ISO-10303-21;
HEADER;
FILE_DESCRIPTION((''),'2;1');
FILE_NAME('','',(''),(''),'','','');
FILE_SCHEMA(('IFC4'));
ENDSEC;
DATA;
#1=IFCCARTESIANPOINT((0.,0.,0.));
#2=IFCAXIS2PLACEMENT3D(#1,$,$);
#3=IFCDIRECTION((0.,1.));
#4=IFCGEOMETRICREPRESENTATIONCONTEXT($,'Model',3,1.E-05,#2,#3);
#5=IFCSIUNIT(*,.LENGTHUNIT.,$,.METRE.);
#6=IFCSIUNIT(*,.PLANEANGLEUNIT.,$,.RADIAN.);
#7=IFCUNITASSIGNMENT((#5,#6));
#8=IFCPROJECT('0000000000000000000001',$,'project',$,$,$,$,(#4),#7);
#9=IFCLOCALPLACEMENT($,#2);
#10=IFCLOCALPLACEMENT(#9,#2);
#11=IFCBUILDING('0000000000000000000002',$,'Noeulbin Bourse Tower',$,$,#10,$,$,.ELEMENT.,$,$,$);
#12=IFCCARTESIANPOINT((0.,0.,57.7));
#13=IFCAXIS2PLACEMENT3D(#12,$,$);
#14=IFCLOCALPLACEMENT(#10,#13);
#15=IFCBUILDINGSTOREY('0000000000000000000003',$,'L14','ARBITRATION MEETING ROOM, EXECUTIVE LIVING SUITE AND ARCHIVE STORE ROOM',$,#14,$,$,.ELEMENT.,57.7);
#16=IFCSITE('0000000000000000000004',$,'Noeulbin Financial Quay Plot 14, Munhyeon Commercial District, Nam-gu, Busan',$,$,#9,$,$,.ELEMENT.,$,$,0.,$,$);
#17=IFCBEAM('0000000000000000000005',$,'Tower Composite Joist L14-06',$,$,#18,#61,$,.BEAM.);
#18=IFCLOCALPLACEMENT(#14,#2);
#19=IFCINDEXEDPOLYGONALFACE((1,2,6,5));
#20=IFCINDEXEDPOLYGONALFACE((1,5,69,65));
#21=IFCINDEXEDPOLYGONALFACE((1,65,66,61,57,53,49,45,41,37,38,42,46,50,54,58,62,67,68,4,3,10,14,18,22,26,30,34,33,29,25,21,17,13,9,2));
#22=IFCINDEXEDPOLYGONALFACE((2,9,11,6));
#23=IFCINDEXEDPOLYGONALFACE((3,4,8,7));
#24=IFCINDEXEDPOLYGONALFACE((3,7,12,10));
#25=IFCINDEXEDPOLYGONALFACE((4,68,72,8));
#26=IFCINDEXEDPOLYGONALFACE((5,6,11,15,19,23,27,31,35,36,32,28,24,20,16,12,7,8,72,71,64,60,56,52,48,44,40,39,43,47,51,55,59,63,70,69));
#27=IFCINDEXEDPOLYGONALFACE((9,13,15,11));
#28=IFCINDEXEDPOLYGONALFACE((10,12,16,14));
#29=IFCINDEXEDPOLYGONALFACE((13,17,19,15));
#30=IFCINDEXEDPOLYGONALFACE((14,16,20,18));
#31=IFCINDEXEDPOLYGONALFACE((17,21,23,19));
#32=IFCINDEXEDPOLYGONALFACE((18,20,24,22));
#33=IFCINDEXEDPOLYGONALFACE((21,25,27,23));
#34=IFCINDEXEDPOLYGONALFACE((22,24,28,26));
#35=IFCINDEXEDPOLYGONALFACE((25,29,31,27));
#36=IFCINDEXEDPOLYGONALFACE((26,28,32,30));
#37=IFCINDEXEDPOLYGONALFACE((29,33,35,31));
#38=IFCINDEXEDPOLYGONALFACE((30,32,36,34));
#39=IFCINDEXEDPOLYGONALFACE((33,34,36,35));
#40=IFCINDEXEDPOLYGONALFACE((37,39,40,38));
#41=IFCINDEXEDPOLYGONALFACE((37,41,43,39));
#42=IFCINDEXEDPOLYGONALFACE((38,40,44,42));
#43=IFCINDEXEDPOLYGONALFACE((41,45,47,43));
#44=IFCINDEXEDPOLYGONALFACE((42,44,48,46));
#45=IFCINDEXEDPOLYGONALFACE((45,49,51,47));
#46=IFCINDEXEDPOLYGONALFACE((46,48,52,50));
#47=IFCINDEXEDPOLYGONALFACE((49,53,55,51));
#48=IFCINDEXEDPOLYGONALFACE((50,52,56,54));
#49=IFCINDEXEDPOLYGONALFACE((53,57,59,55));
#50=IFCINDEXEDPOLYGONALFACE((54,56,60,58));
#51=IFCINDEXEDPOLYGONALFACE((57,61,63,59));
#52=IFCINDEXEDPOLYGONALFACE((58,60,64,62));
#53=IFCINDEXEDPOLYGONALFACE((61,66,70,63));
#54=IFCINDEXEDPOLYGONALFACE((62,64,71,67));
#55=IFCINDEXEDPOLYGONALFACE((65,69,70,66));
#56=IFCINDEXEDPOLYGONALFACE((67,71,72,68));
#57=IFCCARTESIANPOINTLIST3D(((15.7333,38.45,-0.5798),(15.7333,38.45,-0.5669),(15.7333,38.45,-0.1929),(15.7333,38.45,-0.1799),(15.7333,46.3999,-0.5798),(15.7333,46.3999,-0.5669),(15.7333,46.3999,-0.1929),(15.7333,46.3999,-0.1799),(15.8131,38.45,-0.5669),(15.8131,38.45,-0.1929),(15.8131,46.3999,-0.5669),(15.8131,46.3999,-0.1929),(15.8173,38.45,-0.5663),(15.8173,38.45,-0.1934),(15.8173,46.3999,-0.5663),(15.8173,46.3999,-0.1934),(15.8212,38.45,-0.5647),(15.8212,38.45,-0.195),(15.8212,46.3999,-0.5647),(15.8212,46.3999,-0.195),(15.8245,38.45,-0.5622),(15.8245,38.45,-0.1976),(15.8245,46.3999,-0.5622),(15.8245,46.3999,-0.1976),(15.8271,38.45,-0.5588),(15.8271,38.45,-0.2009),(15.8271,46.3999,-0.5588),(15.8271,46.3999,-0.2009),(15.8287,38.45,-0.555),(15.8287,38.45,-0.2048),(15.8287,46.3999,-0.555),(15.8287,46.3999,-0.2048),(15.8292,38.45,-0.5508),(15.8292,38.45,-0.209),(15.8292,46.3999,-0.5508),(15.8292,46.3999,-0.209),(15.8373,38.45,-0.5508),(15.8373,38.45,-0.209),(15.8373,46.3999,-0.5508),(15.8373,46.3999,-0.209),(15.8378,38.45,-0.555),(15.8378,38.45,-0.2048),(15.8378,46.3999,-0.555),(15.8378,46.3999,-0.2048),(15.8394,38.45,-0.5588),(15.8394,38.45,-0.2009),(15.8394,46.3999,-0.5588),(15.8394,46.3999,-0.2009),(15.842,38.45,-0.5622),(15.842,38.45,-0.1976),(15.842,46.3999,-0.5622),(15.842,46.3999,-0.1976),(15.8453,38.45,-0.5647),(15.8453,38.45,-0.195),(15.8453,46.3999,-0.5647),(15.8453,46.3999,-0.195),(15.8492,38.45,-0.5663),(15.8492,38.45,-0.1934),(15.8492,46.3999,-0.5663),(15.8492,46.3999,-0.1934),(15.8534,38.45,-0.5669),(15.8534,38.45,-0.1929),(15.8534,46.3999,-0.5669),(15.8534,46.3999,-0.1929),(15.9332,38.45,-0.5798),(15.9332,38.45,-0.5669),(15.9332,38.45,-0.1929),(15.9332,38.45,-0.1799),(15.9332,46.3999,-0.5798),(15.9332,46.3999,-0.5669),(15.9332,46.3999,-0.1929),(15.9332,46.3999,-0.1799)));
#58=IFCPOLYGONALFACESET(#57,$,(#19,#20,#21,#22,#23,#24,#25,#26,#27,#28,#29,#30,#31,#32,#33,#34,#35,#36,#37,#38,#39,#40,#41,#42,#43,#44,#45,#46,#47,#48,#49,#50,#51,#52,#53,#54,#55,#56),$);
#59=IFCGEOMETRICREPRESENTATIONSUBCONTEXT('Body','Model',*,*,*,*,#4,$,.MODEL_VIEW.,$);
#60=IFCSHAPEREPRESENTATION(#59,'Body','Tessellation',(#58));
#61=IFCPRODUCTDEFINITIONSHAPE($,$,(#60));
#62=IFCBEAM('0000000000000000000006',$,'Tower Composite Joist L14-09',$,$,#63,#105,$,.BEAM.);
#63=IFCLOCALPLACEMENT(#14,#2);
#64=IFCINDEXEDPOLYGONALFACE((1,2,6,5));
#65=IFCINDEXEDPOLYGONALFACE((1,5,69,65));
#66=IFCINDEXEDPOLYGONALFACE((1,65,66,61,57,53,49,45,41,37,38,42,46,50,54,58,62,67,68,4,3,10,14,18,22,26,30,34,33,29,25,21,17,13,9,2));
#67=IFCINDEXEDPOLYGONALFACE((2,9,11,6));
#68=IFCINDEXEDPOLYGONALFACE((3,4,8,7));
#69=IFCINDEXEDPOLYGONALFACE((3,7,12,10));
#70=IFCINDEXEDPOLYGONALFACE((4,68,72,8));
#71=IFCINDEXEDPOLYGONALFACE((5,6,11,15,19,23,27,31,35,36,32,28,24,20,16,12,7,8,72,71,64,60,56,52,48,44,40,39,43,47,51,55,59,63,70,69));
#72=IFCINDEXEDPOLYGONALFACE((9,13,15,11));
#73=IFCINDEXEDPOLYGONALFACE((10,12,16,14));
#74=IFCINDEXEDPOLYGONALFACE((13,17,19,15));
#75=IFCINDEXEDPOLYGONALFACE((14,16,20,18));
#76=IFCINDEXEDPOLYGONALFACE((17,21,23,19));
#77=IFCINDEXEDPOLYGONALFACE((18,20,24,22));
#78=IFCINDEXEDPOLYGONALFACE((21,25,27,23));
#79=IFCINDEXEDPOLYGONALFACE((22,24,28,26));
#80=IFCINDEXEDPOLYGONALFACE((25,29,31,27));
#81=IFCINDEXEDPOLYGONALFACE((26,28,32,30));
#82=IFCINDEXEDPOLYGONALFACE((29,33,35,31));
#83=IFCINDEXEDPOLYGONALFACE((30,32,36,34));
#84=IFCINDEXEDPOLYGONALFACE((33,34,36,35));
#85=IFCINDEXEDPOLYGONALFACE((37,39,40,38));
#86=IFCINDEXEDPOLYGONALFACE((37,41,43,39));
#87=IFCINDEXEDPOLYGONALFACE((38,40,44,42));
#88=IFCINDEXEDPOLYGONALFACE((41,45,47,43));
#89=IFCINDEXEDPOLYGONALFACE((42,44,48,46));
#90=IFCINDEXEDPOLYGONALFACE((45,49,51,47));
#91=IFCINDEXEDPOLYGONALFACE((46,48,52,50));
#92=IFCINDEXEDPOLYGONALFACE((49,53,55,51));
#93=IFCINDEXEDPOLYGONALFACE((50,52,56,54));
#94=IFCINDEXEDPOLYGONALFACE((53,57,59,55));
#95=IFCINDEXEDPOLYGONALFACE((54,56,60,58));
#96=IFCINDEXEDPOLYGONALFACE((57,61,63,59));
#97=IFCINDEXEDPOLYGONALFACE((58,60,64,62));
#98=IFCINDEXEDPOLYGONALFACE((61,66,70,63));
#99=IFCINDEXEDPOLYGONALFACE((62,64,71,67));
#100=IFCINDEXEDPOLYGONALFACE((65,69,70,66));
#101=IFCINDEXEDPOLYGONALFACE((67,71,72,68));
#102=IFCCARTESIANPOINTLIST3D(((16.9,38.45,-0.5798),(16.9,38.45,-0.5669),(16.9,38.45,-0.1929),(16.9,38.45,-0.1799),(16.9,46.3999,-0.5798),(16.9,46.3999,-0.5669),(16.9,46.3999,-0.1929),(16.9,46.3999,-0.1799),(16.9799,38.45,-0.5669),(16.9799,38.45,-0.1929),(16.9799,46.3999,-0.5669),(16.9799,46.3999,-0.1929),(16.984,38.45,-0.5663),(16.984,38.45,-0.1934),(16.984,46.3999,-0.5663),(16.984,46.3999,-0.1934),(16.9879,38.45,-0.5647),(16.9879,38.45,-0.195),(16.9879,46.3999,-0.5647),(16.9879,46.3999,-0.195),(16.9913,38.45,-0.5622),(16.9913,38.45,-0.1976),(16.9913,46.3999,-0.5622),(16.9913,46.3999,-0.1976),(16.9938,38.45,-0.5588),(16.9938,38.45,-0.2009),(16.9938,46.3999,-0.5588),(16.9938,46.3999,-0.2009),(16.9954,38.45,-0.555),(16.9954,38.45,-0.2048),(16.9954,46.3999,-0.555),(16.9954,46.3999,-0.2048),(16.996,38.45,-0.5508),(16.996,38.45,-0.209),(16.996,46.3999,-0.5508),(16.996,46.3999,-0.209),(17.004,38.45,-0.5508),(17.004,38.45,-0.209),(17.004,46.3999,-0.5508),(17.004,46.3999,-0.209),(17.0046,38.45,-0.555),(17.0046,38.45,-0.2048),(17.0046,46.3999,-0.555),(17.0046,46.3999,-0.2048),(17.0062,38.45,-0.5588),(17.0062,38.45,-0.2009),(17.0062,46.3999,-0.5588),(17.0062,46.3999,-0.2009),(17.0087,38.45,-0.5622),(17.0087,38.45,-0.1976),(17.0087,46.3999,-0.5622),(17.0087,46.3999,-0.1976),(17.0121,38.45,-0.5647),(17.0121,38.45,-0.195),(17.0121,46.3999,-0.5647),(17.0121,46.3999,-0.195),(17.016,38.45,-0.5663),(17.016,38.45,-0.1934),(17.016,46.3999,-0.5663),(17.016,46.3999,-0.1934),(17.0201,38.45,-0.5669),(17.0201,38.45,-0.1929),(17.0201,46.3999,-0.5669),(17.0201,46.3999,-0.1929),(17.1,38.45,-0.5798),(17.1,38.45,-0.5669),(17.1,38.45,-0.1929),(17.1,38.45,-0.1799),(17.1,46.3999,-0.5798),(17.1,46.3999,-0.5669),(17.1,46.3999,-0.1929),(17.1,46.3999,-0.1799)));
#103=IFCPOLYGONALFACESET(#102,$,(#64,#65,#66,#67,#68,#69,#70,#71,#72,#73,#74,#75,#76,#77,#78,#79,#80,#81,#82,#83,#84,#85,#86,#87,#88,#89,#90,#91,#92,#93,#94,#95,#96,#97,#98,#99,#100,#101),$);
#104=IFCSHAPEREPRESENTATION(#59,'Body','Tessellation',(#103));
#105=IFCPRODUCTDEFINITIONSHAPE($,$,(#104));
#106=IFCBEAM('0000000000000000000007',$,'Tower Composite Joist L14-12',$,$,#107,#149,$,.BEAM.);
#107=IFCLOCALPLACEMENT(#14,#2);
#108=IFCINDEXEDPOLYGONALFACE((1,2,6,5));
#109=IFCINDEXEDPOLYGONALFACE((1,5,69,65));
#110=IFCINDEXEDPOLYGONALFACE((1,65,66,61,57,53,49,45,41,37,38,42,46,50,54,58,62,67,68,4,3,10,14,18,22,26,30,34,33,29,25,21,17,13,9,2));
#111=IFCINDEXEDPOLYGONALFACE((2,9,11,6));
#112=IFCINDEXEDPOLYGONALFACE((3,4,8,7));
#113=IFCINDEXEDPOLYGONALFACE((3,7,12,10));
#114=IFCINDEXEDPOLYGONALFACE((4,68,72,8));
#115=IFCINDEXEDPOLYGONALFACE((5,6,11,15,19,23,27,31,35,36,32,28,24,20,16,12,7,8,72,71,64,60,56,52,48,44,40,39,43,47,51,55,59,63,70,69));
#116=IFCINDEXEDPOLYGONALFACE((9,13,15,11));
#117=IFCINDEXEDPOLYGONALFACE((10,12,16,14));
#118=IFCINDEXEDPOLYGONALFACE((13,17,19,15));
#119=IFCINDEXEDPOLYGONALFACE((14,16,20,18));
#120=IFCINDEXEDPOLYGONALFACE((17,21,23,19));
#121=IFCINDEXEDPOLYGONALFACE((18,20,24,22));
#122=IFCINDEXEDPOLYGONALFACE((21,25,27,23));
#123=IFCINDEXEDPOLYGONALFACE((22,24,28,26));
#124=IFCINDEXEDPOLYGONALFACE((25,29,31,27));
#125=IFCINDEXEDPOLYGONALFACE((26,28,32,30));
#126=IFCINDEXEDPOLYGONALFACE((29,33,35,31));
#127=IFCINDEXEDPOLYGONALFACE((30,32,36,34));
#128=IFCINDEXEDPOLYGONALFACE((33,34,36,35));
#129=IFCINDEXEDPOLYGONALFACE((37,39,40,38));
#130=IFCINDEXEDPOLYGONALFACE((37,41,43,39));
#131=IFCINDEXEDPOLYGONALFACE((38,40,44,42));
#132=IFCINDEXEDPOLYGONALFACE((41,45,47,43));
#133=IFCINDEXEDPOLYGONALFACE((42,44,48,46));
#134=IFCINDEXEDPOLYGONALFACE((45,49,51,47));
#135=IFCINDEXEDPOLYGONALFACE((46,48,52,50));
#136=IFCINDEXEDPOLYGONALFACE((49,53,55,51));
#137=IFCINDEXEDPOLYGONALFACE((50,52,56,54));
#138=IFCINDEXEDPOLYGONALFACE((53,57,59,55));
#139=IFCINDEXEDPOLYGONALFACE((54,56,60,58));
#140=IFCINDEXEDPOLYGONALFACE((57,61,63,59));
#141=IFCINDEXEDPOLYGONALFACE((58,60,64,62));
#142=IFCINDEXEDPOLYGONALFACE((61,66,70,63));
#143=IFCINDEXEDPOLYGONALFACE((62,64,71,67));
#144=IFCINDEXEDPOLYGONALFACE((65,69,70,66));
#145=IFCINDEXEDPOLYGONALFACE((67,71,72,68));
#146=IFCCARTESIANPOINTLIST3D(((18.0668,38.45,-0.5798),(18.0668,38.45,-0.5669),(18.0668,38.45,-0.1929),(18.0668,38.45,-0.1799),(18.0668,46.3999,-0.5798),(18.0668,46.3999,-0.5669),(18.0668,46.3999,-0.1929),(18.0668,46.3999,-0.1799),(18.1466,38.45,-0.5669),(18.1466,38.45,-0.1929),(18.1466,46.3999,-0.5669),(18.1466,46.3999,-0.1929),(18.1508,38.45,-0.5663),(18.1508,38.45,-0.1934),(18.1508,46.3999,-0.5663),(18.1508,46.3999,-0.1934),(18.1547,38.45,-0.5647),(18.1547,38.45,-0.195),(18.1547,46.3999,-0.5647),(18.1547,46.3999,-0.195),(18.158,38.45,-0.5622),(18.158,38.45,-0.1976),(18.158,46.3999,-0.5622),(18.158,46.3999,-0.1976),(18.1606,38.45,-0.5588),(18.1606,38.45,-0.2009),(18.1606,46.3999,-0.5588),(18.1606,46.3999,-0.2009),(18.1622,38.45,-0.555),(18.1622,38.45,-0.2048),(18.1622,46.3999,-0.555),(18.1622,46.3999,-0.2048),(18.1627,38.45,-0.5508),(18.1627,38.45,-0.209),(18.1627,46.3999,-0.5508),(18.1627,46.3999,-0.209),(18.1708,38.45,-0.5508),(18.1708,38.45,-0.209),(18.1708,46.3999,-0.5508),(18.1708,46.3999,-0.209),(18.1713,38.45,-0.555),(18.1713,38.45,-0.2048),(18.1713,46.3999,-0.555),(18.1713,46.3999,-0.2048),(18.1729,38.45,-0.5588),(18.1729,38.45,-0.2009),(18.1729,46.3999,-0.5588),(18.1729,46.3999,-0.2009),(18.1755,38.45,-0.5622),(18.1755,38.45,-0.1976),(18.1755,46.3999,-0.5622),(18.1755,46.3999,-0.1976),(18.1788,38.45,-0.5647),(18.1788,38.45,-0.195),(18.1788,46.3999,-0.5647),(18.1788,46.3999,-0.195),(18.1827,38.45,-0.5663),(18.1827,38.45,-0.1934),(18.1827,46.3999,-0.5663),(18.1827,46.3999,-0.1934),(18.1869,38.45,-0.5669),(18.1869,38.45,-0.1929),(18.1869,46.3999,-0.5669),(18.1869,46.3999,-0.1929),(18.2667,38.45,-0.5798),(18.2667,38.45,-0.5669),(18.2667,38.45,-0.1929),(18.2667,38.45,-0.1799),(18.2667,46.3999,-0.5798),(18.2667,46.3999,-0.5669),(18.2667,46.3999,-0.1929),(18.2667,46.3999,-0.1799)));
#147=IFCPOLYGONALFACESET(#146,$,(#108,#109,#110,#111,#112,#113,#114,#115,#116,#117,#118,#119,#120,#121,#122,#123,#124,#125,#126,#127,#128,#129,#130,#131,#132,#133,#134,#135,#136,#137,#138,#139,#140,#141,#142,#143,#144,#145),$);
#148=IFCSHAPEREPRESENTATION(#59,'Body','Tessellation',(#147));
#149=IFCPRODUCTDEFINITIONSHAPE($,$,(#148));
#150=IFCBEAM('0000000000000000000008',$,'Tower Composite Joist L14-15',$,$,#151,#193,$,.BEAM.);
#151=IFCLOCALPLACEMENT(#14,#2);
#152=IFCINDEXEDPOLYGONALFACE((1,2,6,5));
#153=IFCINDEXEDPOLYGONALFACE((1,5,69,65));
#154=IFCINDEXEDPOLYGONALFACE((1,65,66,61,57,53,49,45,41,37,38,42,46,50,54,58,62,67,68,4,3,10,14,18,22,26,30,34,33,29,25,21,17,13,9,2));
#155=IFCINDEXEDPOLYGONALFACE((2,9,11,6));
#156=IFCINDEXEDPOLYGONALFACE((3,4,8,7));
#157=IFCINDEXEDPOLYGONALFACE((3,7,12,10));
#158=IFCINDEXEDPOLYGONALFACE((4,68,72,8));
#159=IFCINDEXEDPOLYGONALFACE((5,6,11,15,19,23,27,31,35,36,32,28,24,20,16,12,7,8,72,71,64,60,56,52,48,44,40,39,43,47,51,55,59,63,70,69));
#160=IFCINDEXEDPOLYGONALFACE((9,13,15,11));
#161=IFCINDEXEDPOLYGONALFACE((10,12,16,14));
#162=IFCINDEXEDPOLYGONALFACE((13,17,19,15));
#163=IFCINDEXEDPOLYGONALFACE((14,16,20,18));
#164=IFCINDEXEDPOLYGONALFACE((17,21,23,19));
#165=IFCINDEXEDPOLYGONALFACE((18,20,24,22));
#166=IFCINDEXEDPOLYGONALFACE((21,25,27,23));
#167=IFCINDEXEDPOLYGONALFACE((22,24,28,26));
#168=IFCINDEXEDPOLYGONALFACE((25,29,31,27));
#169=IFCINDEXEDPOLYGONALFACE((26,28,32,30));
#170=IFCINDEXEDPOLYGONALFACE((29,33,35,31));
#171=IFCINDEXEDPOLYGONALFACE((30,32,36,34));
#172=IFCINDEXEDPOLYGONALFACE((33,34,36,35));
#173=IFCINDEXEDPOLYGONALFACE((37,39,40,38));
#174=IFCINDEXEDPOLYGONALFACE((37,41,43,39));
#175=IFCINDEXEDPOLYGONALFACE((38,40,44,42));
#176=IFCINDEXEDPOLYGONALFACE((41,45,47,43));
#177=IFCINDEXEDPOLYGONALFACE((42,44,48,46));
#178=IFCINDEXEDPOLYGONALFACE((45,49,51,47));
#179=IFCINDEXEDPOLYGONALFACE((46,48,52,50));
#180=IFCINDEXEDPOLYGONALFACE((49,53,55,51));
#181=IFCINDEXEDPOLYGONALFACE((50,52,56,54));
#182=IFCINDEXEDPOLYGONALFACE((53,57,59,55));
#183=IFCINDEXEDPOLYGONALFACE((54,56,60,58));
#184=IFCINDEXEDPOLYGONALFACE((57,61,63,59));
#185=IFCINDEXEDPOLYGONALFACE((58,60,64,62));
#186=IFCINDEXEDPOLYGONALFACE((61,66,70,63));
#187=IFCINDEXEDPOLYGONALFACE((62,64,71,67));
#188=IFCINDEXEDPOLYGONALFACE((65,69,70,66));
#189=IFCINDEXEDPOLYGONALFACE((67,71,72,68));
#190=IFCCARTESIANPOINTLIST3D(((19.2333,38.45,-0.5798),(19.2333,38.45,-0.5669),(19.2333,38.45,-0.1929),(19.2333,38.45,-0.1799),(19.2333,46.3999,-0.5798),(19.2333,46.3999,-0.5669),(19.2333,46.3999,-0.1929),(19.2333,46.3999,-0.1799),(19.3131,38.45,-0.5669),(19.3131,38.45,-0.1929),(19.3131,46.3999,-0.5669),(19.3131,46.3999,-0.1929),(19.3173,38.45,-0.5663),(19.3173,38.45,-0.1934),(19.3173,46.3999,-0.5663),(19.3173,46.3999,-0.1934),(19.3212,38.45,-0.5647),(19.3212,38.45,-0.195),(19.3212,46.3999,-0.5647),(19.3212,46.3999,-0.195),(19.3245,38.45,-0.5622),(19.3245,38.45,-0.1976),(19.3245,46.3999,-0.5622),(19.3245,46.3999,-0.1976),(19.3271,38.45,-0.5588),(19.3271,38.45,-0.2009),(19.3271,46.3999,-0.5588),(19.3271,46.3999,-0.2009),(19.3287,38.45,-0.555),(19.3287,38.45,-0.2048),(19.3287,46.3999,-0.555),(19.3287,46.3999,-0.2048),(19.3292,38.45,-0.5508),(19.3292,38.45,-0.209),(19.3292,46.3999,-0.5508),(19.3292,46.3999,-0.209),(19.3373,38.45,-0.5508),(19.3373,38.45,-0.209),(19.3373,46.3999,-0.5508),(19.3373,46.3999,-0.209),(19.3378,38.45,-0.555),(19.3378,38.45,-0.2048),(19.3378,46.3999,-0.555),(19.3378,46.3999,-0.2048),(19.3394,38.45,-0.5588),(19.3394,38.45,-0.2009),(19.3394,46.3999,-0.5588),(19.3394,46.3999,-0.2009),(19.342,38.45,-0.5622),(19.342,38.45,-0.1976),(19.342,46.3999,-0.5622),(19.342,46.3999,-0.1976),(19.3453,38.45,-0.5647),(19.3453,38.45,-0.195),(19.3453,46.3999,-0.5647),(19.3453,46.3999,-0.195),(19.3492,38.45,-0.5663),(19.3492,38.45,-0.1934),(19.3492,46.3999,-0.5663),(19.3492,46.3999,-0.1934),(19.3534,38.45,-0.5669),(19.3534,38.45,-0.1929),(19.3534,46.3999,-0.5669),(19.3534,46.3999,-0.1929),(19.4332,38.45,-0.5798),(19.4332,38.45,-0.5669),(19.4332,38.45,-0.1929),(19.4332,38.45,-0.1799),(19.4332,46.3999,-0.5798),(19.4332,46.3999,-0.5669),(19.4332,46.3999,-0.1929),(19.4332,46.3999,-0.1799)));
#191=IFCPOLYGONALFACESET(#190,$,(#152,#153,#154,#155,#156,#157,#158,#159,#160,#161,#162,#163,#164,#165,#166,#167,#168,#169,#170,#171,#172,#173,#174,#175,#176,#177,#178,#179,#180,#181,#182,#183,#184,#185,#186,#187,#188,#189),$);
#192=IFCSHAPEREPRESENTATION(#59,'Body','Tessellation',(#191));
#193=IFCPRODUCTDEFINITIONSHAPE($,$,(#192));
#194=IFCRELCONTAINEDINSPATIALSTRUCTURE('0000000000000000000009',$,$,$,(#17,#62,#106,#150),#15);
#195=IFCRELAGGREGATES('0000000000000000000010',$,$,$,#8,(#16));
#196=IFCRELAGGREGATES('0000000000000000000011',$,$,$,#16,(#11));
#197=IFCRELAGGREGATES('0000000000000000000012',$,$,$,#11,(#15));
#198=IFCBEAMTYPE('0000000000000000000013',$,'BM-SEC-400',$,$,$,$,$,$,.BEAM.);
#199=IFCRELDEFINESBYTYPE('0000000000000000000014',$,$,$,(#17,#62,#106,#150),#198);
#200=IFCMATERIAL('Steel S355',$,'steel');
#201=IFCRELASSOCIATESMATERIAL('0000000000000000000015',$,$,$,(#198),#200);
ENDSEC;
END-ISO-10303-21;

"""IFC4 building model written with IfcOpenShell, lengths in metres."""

from ifc_helpers import new_model, si_unit, direction, frame, origin, origin_2d, place, context, subcontext, project, spatial, i_section, extrude, material, material_profile, profile_set, type_object, element, save


model = new_model("IFC4")

# Units and contexts
model_context = context("Model", 3, precision=1e-05, world=origin(), true_north=direction((0.0, 1.0)))
body_context = subcontext(model_context, "Body", "Model", "MODEL_VIEW")
ifc_project = project(units=[si_unit("LENGTHUNIT", "METRE"), si_unit("PLANEANGLEUNIT", "RADIAN")], contexts=[model_context])

# Site, building, storey
site_placement = place(None, origin())
site = spatial("IfcSite", under=ifc_project, at=site_placement, Name="Noeulbin Financial Quay Plot 14, Munhyeon Commercial District, Nam-gu, Busan", CompositionType="ELEMENT", RefElevation=0.0)
building_placement = place(site_placement, origin())
building = spatial("IfcBuilding", under=site, at=building_placement, Name="Noeulbin Bourse Tower", CompositionType="ELEMENT")
storey_placement = place(building_placement, frame((0.0, 0.0, 57.7)))
storey = spatial("IfcBuildingStorey", under=building, at=storey_placement, Name="L14", Description="ARBITRATION MEETING ROOM, EXECUTIVE LIVING SUITE AND ARCHIVE STORE ROOM", CompositionType="ELEMENT", Elevation=57.7)

# Beams
ifc_material_1 = material(Name="Steel S355", Category="steel")
ifc_material_profile_1 = material_profile(ifc_material_1, i_section(OverallWidth=0.2, OverallDepth=0.3999, WebThickness=0.0081, FlangeThickness=0.0129, FilletRadius=0.0161, at=origin_2d()), Name="H-400x200x8x13", Category="LoadBearing")
ifc_profile_set_1 = profile_set([ifc_material_profile_1], Name="Steel S355")
beam_type_1 = type_object("IfcBeamType", Name="BM-SEC-400", PredefinedType="BEAM", material=ifc_profile_set_1)
for number, where, z_axis, x_axis, name in (
    (1, (15.8333, 38.45, -0.3799), (0.0, 1.0, 0.0), (-1.0, 0.0, 0.0), "Tower Composite Joist L14-06"),
    (2, (17.0, 38.45, -0.3799), (0.0, 1.0, 0.0), (-1.0, 0.0, 0.0), "Tower Composite Joist L14-09"),
    (3, (18.1667, 38.45, -0.3799), (0.0, 1.0, 0.0), (-1.0, 0.0, 0.0), "Tower Composite Joist L14-12"),
    (4, (19.3333, 38.45, -0.3799), (0.0, 1.0, 0.0), (-1.0, 0.0, 0.0), "Tower Composite Joist L14-15"),
):
    element("IfcBeam", number, at=place(storey_placement, frame(where, z_axis=z_axis, x_axis=x_axis)), inside=storey, type_object=beam_type_1, Name=name, PredefinedType="BEAM", context=body_context, shape_type="SweptSolid", body=[
        extrude(i_section(OverallWidth=0.2, OverallDepth=0.3999, WebThickness=0.0081, FlangeThickness=0.0129, FilletRadius=0.0161, at=origin_2d()), origin(), (0.0, 0.0, 1.0), 7.95),
    ])

save(model, "model.ifc")
